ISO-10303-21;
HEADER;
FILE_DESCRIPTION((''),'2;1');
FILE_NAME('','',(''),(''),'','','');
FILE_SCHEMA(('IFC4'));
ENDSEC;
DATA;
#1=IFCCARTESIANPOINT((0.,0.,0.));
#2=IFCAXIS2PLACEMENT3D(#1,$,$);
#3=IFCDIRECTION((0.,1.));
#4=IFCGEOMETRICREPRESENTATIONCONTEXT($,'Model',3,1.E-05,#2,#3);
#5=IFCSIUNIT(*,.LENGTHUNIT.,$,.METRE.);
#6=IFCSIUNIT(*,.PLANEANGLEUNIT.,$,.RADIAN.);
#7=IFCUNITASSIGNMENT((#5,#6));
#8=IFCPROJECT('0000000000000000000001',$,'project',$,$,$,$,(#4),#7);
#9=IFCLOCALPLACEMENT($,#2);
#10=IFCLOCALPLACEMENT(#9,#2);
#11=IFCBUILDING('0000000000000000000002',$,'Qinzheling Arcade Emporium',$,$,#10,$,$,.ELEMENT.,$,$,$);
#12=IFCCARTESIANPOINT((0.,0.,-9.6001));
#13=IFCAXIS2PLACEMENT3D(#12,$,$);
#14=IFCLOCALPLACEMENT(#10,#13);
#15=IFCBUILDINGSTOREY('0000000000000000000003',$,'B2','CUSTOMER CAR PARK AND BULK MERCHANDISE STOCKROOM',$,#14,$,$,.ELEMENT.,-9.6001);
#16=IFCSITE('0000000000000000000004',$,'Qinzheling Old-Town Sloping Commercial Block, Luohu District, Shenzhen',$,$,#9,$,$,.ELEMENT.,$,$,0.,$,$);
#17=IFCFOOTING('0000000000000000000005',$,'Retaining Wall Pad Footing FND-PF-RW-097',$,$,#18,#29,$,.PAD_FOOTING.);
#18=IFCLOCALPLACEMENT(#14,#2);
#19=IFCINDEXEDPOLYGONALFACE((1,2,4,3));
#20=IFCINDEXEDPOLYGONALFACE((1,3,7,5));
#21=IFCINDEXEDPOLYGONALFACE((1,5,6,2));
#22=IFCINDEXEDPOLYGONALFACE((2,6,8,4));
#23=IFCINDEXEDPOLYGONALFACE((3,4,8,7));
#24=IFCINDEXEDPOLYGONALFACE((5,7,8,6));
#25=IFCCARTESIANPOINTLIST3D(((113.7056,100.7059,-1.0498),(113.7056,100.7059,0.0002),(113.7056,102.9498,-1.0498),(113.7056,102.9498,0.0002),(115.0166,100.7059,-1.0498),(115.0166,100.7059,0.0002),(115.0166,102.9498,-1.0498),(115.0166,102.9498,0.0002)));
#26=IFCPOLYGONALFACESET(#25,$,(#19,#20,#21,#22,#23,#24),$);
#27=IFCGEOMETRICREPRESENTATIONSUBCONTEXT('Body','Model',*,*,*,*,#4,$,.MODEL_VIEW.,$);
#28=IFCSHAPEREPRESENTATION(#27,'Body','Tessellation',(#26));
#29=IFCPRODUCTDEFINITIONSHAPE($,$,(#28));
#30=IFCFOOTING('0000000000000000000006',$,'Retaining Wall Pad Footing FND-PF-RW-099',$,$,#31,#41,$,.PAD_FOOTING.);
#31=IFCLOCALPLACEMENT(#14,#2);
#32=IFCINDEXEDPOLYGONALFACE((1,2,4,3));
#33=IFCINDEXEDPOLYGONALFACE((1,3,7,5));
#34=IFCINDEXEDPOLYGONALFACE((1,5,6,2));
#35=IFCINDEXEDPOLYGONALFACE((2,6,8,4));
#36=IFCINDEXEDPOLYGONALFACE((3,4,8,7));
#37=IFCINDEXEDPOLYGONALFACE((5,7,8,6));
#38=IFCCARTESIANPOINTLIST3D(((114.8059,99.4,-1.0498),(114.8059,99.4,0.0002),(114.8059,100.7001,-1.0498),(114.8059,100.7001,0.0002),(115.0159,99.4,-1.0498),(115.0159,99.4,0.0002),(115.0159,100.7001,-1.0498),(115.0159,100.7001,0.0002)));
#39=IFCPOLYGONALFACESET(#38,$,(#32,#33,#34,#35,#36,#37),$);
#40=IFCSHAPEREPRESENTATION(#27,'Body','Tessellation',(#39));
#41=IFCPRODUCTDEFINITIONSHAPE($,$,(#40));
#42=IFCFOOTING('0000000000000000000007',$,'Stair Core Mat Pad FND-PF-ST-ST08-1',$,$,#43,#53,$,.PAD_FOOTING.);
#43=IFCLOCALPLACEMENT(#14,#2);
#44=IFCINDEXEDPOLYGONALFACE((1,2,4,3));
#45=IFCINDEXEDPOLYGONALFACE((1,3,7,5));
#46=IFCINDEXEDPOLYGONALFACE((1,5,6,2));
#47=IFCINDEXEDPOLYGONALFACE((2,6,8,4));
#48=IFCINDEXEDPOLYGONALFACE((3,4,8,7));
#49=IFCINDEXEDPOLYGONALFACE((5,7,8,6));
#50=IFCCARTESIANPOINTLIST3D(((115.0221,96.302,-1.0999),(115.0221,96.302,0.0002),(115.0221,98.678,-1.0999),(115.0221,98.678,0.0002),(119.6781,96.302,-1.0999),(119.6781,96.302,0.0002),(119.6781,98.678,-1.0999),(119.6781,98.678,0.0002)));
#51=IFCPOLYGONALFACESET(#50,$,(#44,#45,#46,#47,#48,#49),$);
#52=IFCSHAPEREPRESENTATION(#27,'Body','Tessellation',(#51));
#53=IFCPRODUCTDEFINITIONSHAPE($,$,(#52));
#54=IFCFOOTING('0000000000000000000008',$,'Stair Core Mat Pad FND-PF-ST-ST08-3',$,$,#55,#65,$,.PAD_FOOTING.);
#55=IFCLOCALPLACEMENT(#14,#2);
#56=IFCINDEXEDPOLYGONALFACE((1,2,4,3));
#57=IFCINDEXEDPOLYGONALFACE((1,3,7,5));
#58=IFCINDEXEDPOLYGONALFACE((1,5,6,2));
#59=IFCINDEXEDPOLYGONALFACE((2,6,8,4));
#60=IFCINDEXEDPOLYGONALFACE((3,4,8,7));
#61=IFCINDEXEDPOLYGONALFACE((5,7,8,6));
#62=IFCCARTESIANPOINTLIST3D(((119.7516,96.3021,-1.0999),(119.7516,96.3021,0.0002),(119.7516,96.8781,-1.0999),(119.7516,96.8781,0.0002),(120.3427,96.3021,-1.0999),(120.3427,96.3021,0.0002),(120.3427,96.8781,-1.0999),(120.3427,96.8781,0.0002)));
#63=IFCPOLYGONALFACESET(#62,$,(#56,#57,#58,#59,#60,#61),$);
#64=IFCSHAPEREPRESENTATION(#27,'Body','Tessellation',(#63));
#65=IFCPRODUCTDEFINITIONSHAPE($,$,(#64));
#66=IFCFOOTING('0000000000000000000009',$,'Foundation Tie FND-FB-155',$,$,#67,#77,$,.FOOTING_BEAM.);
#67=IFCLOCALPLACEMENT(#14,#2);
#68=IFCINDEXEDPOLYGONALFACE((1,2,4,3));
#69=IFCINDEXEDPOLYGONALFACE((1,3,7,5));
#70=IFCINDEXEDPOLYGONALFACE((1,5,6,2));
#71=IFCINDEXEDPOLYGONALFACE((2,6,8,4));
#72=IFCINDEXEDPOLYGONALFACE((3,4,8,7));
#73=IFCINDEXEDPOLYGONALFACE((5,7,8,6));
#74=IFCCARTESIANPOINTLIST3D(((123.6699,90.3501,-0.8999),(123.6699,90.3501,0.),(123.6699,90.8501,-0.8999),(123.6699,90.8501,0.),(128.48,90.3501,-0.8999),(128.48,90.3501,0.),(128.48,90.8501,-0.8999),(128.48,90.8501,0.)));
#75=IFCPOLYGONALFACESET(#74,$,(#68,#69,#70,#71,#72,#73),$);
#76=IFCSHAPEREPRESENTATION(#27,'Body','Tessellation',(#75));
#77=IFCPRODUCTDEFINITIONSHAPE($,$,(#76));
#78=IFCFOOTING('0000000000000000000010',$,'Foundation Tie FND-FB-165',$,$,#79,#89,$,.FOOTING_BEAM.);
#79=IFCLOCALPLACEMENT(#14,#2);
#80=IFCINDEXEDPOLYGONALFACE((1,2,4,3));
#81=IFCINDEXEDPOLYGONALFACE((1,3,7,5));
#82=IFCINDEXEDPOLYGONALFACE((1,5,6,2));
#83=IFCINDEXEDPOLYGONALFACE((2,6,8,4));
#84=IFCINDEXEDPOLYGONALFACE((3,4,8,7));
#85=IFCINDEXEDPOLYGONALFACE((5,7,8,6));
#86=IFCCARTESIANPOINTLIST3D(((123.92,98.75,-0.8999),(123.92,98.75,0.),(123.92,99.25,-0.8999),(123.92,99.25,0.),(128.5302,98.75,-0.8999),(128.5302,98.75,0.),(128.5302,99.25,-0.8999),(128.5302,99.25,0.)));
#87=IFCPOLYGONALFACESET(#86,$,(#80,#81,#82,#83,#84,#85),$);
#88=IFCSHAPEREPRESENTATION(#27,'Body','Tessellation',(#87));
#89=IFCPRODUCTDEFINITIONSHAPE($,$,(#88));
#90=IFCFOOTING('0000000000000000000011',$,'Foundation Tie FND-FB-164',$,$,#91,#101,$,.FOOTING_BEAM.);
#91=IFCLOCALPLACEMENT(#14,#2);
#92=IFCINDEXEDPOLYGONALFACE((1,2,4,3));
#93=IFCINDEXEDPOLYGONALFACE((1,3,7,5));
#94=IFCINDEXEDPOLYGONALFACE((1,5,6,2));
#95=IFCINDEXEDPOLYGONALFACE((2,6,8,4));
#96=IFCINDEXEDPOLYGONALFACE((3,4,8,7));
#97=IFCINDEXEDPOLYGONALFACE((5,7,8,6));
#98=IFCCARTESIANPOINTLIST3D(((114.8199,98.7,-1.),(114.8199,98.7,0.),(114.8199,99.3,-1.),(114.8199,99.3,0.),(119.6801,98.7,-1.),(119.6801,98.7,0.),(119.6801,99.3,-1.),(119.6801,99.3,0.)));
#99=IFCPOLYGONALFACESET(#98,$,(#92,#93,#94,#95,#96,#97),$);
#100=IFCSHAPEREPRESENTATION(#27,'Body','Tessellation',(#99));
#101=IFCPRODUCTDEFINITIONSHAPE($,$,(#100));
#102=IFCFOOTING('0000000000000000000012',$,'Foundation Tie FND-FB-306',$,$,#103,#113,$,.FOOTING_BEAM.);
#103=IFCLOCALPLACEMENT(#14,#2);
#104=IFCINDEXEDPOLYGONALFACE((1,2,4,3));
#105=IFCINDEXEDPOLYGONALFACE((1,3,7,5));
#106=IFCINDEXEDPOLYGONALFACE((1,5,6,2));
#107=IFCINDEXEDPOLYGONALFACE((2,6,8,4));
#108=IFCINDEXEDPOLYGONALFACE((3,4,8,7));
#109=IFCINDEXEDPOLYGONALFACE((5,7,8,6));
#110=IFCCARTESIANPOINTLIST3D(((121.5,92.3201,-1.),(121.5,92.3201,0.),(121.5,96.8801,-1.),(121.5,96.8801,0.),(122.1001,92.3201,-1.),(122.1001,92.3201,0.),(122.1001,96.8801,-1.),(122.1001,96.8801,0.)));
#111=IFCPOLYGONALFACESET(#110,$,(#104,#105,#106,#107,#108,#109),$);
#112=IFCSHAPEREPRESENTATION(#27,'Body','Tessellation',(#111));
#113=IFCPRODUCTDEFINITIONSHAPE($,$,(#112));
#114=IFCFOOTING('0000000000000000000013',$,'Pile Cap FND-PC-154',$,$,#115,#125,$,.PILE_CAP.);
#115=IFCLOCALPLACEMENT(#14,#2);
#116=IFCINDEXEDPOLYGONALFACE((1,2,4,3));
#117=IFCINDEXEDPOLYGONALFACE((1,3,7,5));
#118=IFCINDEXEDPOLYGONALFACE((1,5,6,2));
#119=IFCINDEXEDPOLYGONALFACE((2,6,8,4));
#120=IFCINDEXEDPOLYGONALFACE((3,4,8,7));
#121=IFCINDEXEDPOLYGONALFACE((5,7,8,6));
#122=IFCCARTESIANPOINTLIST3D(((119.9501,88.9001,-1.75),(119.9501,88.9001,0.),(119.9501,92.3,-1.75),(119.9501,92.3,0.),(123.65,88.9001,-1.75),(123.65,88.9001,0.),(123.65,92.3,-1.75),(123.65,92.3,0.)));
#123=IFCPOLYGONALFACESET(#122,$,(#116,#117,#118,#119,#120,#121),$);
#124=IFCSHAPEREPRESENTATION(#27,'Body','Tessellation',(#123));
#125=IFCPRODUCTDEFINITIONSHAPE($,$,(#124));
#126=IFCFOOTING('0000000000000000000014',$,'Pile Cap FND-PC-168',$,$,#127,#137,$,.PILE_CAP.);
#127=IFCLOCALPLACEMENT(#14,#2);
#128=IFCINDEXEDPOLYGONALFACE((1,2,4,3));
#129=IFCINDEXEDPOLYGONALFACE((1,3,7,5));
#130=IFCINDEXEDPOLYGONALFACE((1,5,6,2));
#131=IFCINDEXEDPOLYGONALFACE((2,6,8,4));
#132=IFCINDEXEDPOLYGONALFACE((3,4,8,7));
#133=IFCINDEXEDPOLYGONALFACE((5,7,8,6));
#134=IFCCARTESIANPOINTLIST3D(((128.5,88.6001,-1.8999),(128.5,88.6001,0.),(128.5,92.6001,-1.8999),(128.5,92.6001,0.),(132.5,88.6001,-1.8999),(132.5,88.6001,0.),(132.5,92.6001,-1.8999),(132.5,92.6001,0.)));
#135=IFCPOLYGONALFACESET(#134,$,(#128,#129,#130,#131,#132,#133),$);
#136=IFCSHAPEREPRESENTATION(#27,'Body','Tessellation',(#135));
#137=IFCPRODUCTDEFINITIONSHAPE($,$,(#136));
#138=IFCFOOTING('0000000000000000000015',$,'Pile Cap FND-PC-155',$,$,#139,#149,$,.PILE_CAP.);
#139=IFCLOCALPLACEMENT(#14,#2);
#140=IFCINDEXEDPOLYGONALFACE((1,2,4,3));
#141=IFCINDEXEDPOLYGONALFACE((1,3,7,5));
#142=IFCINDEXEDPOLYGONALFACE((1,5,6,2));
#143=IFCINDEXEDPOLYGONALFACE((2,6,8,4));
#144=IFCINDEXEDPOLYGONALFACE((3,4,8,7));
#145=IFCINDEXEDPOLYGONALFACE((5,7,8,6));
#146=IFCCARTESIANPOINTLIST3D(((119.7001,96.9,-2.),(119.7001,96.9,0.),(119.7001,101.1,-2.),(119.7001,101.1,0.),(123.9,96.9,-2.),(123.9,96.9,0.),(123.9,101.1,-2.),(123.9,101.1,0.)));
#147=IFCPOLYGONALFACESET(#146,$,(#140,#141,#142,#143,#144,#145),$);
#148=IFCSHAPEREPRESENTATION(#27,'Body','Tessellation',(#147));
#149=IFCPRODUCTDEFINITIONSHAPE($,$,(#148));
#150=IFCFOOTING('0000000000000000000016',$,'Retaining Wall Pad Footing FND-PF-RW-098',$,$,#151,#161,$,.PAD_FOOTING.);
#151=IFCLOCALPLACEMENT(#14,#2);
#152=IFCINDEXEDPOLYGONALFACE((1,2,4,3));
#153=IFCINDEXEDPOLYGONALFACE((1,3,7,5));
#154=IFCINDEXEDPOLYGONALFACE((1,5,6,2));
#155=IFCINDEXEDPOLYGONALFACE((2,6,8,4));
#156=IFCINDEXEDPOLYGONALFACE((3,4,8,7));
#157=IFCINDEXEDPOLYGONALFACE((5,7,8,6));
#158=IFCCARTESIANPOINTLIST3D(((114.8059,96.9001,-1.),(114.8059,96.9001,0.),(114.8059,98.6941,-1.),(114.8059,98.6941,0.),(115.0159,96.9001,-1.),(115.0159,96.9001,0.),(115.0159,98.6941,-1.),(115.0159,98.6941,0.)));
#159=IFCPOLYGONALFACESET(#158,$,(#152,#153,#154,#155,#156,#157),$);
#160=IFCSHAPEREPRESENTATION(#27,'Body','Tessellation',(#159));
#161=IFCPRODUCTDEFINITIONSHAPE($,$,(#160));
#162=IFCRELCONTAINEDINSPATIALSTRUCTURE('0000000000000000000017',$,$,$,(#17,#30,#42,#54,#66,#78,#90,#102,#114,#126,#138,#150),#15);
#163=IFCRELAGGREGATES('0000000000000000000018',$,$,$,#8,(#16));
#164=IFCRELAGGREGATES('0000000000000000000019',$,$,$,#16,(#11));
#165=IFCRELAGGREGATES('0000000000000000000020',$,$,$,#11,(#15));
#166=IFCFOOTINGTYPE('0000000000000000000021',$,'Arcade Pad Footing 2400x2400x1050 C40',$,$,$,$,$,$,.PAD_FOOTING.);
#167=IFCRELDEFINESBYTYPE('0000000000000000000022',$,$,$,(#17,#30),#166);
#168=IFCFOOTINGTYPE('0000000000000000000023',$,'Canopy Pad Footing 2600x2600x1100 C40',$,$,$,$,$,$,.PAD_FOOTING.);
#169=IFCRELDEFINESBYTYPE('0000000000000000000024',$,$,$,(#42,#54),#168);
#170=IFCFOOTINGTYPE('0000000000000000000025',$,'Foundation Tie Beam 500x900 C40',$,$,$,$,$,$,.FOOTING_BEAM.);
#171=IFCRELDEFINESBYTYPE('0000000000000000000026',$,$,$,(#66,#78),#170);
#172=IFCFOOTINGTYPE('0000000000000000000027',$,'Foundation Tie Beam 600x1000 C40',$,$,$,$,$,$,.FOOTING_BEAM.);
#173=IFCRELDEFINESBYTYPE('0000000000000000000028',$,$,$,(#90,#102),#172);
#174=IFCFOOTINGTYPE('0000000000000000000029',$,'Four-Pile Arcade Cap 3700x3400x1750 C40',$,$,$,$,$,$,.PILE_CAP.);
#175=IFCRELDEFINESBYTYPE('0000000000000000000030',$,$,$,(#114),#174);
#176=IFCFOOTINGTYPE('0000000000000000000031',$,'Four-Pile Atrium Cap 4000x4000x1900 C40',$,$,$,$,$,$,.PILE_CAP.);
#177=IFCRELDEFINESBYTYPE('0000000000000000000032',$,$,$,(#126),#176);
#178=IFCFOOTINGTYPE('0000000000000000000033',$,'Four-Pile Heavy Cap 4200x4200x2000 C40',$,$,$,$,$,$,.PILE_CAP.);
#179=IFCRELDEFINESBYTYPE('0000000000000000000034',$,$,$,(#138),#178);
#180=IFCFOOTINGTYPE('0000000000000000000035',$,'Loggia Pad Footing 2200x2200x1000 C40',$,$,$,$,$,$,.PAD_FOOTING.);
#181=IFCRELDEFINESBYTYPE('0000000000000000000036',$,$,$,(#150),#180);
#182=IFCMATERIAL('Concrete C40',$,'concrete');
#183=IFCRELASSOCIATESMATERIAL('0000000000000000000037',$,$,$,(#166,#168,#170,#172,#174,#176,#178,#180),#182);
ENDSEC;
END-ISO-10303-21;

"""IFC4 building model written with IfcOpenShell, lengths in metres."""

from ifc_helpers import new_model, si_unit, direction, frame, origin, origin_2d, place, context, subcontext, project, spatial, rectangle, extrude, material, type_object, element, save


model = new_model("IFC4")

# Units and contexts
model_context = context("Model", 3, precision=1e-05, world=origin(), true_north=direction((0.0, 1.0)))
body_context = subcontext(model_context, "Body", "Model", "MODEL_VIEW")
ifc_project = project(units=[si_unit("LENGTHUNIT", "METRE"), si_unit("PLANEANGLEUNIT", "RADIAN")], contexts=[model_context])

# Site, building, storey
site_placement = place(None, origin())
site = spatial("IfcSite", under=ifc_project, at=site_placement, Name="Qinzheling Old-Town Sloping Commercial Block, Luohu District, Shenzhen", CompositionType="ELEMENT", RefElevation=0.0)
building_placement = place(site_placement, origin())
building = spatial("IfcBuilding", under=site, at=building_placement, Name="Qinzheling Arcade Emporium", CompositionType="ELEMENT")
storey_placement = place(building_placement, frame((0.0, 0.0, -9.6001)))
storey = spatial("IfcBuildingStorey", under=building, at=storey_placement, Name="B2", Description="CUSTOMER CAR PARK AND BULK MERCHANDISE STOCKROOM", CompositionType="ELEMENT", Elevation=-9.6001)

# Footings
ifc_material_1 = material(Name="Concrete C40", Category="concrete")
footing_type_1 = type_object("IfcFootingType", Name="Arcade Pad Footing 2400x2400x1050 C40", PredefinedType="PAD_FOOTING", material=ifc_material_1)
footing_1_placement = place(storey_placement, frame((114.3611, 101.8279, -1.0498), z_axis=(0.0, 0.0, 1.0), x_axis=(1.0, 0.0, 0.0)))
element("IfcFooting", 1, at=footing_1_placement, inside=storey, type_object=footing_type_1, Name="Retaining Wall Pad Footing FND-PF-RW-097", PredefinedType="PAD_FOOTING", context=body_context, shape_type="SweptSolid", body=[
    extrude(rectangle(XDim=1.311, YDim=2.2439, at=origin_2d()), origin(), (0.0, 0.0, 1.0), 1.05),
])
footing_2_placement = place(storey_placement, frame((114.9109, 100.05, -1.0498), z_axis=(0.0, 0.0, 1.0), x_axis=(1.0, 0.0, 0.0)))
element("IfcFooting", 2, at=footing_2_placement, inside=storey, type_object=footing_type_1, Name="Retaining Wall Pad Footing FND-PF-RW-099", PredefinedType="PAD_FOOTING", context=body_context, shape_type="SweptSolid", body=[
    extrude(rectangle(XDim=0.21, YDim=1.3, at=origin_2d()), origin(), (0.0, 0.0, 1.0), 1.05),
])
footing_type_2 = type_object("IfcFootingType", Name="Canopy Pad Footing 2600x2600x1100 C40", PredefinedType="PAD_FOOTING", material=ifc_material_1)
footing_3_placement = place(storey_placement, frame((117.3501, 97.49, -1.0999), z_axis=(0.0, 0.0, 1.0), x_axis=(1.0, 0.0, 0.0)))
element("IfcFooting", 3, at=footing_3_placement, inside=storey, type_object=footing_type_2, Name="Stair Core Mat Pad FND-PF-ST-ST08-1", PredefinedType="PAD_FOOTING", context=body_context, shape_type="SweptSolid", body=[
    extrude(rectangle(XDim=4.656, YDim=2.376, at=origin_2d()), origin(), (0.0, 0.0, 1.0), 1.1001),
])
footing_4_placement = place(storey_placement, frame((120.0471, 96.5901, -1.0999), z_axis=(0.0, 0.0, 1.0), x_axis=(1.0, 0.0, 0.0)))
element("IfcFooting", 4, at=footing_4_placement, inside=storey, type_object=footing_type_2, Name="Stair Core Mat Pad FND-PF-ST-ST08-3", PredefinedType="PAD_FOOTING", context=body_context, shape_type="SweptSolid", body=[
    extrude(rectangle(XDim=0.5911, YDim=0.5759, at=origin_2d()), origin(), (0.0, 0.0, 1.0), 1.1001),
])
footing_type_3 = type_object("IfcFootingType", Name="Foundation Tie Beam 500x900 C40", PredefinedType="FOOTING_BEAM", material=ifc_material_1)
footing_5_placement = place(storey_placement, frame((126.075, 90.6001, -0.8999), z_axis=(0.0, 0.0, 1.0), x_axis=(1.0, 0.0, 0.0)))
element("IfcFooting", 5, at=footing_5_placement, inside=storey, type_object=footing_type_3, Name="Foundation Tie FND-FB-155", PredefinedType="FOOTING_BEAM", context=body_context, shape_type="SweptSolid", body=[
    extrude(rectangle(XDim=4.8101, YDim=0.5, at=origin_2d()), origin(), (0.0, 0.0, 1.0), 0.8999),
])
footing_6_placement = place(storey_placement, frame((126.2251, 99.0, -0.8999), z_axis=(0.0, 0.0, 1.0), x_axis=(1.0, 0.0, 0.0)))
element("IfcFooting", 6, at=footing_6_placement, inside=storey, type_object=footing_type_3, Name="Foundation Tie FND-FB-165", PredefinedType="FOOTING_BEAM", context=body_context, shape_type="SweptSolid", body=[
    extrude(rectangle(XDim=4.6101, YDim=0.5, at=origin_2d()), origin(), (0.0, 0.0, 1.0), 0.8999),
])
footing_type_4 = type_object("IfcFootingType", Name="Foundation Tie Beam 600x1000 C40", PredefinedType="FOOTING_BEAM", material=ifc_material_1)
footing_7_placement = place(storey_placement, frame((117.25, 99.0, -1.0), z_axis=(0.0, 0.0, 1.0), x_axis=(1.0, 0.0, 0.0)))
element("IfcFooting", 7, at=footing_7_placement, inside=storey, type_object=footing_type_4, Name="Foundation Tie FND-FB-164", PredefinedType="FOOTING_BEAM", context=body_context, shape_type="SweptSolid", body=[
    extrude(rectangle(XDim=4.8601, YDim=0.6001, at=origin_2d()), origin(), (0.0, 0.0, 1.0), 1.0),
])
footing_8_placement = place(storey_placement, frame((121.8, 94.6001, -1.0), z_axis=(0.0, 0.0, 1.0), x_axis=(1.0, 0.0, 0.0)))
element("IfcFooting", 8, at=footing_8_placement, inside=storey, type_object=footing_type_4, Name="Foundation Tie FND-FB-306", PredefinedType="FOOTING_BEAM", context=body_context, shape_type="SweptSolid", body=[
    extrude(rectangle(XDim=0.6001, YDim=4.5601, at=origin_2d()), origin(), (0.0, 0.0, 1.0), 1.0),
])
footing_type_5 = type_object("IfcFootingType", Name="Four-Pile Arcade Cap 3700x3400x1750 C40", PredefinedType="PILE_CAP", material=ifc_material_1)
footing_9_placement = place(storey_placement, frame((121.8, 90.6001, -1.75), z_axis=(0.0, 0.0, 1.0), x_axis=(1.0, 0.0, 0.0)))
element("IfcFooting", 9, at=footing_9_placement, inside=storey, type_object=footing_type_5, Name="Pile Cap FND-PC-154", PredefinedType="PILE_CAP", context=body_context, shape_type="SweptSolid", body=[
    extrude(rectangle(XDim=3.7, YDim=3.3999, at=origin_2d()), origin(), (0.0, 0.0, 1.0), 1.75),
])
footing_type_6 = type_object("IfcFootingType", Name="Four-Pile Atrium Cap 4000x4000x1900 C40", PredefinedType="PILE_CAP", material=ifc_material_1)
footing_10_placement = place(storey_placement, frame((130.5, 90.6001, -1.8999), z_axis=(0.0, 0.0, 1.0), x_axis=(1.0, 0.0, 0.0)))
element("IfcFooting", 10, at=footing_10_placement, inside=storey, type_object=footing_type_6, Name="Pile Cap FND-PC-168", PredefinedType="PILE_CAP", context=body_context, shape_type="SweptSolid", body=[
    extrude(rectangle(XDim=4.0, YDim=4.0, at=origin_2d()), origin(), (0.0, 0.0, 1.0), 1.8999),
])
footing_type_7 = type_object("IfcFootingType", Name="Four-Pile Heavy Cap 4200x4200x2000 C40", PredefinedType="PILE_CAP", material=ifc_material_1)
footing_11_placement = place(storey_placement, frame((121.8, 99.0, -2.0), z_axis=(0.0, 0.0, 1.0), x_axis=(1.0, 0.0, 0.0)))
element("IfcFooting", 11, at=footing_11_placement, inside=storey, type_object=footing_type_7, Name="Pile Cap FND-PC-155", PredefinedType="PILE_CAP", context=body_context, shape_type="SweptSolid", body=[
    extrude(rectangle(XDim=4.2, YDim=4.2, at=origin_2d()), origin(), (0.0, 0.0, 1.0), 2.0),
])
footing_type_8 = type_object("IfcFootingType", Name="Loggia Pad Footing 2200x2200x1000 C40", PredefinedType="PAD_FOOTING", material=ifc_material_1)
footing_12_placement = place(storey_placement, frame((114.9109, 97.7971, -1.0), z_axis=(0.0, 0.0, 1.0), x_axis=(1.0, 0.0, 0.0)))
element("IfcFooting", 12, at=footing_12_placement, inside=storey, type_object=footing_type_8, Name="Retaining Wall Pad Footing FND-PF-RW-098", PredefinedType="PAD_FOOTING", context=body_context, shape_type="SweptSolid", body=[
    extrude(rectangle(XDim=0.21, YDim=1.7939, at=origin_2d()), origin(), (0.0, 0.0, 1.0), 1.0),
])

save(model, "model.ifc")
